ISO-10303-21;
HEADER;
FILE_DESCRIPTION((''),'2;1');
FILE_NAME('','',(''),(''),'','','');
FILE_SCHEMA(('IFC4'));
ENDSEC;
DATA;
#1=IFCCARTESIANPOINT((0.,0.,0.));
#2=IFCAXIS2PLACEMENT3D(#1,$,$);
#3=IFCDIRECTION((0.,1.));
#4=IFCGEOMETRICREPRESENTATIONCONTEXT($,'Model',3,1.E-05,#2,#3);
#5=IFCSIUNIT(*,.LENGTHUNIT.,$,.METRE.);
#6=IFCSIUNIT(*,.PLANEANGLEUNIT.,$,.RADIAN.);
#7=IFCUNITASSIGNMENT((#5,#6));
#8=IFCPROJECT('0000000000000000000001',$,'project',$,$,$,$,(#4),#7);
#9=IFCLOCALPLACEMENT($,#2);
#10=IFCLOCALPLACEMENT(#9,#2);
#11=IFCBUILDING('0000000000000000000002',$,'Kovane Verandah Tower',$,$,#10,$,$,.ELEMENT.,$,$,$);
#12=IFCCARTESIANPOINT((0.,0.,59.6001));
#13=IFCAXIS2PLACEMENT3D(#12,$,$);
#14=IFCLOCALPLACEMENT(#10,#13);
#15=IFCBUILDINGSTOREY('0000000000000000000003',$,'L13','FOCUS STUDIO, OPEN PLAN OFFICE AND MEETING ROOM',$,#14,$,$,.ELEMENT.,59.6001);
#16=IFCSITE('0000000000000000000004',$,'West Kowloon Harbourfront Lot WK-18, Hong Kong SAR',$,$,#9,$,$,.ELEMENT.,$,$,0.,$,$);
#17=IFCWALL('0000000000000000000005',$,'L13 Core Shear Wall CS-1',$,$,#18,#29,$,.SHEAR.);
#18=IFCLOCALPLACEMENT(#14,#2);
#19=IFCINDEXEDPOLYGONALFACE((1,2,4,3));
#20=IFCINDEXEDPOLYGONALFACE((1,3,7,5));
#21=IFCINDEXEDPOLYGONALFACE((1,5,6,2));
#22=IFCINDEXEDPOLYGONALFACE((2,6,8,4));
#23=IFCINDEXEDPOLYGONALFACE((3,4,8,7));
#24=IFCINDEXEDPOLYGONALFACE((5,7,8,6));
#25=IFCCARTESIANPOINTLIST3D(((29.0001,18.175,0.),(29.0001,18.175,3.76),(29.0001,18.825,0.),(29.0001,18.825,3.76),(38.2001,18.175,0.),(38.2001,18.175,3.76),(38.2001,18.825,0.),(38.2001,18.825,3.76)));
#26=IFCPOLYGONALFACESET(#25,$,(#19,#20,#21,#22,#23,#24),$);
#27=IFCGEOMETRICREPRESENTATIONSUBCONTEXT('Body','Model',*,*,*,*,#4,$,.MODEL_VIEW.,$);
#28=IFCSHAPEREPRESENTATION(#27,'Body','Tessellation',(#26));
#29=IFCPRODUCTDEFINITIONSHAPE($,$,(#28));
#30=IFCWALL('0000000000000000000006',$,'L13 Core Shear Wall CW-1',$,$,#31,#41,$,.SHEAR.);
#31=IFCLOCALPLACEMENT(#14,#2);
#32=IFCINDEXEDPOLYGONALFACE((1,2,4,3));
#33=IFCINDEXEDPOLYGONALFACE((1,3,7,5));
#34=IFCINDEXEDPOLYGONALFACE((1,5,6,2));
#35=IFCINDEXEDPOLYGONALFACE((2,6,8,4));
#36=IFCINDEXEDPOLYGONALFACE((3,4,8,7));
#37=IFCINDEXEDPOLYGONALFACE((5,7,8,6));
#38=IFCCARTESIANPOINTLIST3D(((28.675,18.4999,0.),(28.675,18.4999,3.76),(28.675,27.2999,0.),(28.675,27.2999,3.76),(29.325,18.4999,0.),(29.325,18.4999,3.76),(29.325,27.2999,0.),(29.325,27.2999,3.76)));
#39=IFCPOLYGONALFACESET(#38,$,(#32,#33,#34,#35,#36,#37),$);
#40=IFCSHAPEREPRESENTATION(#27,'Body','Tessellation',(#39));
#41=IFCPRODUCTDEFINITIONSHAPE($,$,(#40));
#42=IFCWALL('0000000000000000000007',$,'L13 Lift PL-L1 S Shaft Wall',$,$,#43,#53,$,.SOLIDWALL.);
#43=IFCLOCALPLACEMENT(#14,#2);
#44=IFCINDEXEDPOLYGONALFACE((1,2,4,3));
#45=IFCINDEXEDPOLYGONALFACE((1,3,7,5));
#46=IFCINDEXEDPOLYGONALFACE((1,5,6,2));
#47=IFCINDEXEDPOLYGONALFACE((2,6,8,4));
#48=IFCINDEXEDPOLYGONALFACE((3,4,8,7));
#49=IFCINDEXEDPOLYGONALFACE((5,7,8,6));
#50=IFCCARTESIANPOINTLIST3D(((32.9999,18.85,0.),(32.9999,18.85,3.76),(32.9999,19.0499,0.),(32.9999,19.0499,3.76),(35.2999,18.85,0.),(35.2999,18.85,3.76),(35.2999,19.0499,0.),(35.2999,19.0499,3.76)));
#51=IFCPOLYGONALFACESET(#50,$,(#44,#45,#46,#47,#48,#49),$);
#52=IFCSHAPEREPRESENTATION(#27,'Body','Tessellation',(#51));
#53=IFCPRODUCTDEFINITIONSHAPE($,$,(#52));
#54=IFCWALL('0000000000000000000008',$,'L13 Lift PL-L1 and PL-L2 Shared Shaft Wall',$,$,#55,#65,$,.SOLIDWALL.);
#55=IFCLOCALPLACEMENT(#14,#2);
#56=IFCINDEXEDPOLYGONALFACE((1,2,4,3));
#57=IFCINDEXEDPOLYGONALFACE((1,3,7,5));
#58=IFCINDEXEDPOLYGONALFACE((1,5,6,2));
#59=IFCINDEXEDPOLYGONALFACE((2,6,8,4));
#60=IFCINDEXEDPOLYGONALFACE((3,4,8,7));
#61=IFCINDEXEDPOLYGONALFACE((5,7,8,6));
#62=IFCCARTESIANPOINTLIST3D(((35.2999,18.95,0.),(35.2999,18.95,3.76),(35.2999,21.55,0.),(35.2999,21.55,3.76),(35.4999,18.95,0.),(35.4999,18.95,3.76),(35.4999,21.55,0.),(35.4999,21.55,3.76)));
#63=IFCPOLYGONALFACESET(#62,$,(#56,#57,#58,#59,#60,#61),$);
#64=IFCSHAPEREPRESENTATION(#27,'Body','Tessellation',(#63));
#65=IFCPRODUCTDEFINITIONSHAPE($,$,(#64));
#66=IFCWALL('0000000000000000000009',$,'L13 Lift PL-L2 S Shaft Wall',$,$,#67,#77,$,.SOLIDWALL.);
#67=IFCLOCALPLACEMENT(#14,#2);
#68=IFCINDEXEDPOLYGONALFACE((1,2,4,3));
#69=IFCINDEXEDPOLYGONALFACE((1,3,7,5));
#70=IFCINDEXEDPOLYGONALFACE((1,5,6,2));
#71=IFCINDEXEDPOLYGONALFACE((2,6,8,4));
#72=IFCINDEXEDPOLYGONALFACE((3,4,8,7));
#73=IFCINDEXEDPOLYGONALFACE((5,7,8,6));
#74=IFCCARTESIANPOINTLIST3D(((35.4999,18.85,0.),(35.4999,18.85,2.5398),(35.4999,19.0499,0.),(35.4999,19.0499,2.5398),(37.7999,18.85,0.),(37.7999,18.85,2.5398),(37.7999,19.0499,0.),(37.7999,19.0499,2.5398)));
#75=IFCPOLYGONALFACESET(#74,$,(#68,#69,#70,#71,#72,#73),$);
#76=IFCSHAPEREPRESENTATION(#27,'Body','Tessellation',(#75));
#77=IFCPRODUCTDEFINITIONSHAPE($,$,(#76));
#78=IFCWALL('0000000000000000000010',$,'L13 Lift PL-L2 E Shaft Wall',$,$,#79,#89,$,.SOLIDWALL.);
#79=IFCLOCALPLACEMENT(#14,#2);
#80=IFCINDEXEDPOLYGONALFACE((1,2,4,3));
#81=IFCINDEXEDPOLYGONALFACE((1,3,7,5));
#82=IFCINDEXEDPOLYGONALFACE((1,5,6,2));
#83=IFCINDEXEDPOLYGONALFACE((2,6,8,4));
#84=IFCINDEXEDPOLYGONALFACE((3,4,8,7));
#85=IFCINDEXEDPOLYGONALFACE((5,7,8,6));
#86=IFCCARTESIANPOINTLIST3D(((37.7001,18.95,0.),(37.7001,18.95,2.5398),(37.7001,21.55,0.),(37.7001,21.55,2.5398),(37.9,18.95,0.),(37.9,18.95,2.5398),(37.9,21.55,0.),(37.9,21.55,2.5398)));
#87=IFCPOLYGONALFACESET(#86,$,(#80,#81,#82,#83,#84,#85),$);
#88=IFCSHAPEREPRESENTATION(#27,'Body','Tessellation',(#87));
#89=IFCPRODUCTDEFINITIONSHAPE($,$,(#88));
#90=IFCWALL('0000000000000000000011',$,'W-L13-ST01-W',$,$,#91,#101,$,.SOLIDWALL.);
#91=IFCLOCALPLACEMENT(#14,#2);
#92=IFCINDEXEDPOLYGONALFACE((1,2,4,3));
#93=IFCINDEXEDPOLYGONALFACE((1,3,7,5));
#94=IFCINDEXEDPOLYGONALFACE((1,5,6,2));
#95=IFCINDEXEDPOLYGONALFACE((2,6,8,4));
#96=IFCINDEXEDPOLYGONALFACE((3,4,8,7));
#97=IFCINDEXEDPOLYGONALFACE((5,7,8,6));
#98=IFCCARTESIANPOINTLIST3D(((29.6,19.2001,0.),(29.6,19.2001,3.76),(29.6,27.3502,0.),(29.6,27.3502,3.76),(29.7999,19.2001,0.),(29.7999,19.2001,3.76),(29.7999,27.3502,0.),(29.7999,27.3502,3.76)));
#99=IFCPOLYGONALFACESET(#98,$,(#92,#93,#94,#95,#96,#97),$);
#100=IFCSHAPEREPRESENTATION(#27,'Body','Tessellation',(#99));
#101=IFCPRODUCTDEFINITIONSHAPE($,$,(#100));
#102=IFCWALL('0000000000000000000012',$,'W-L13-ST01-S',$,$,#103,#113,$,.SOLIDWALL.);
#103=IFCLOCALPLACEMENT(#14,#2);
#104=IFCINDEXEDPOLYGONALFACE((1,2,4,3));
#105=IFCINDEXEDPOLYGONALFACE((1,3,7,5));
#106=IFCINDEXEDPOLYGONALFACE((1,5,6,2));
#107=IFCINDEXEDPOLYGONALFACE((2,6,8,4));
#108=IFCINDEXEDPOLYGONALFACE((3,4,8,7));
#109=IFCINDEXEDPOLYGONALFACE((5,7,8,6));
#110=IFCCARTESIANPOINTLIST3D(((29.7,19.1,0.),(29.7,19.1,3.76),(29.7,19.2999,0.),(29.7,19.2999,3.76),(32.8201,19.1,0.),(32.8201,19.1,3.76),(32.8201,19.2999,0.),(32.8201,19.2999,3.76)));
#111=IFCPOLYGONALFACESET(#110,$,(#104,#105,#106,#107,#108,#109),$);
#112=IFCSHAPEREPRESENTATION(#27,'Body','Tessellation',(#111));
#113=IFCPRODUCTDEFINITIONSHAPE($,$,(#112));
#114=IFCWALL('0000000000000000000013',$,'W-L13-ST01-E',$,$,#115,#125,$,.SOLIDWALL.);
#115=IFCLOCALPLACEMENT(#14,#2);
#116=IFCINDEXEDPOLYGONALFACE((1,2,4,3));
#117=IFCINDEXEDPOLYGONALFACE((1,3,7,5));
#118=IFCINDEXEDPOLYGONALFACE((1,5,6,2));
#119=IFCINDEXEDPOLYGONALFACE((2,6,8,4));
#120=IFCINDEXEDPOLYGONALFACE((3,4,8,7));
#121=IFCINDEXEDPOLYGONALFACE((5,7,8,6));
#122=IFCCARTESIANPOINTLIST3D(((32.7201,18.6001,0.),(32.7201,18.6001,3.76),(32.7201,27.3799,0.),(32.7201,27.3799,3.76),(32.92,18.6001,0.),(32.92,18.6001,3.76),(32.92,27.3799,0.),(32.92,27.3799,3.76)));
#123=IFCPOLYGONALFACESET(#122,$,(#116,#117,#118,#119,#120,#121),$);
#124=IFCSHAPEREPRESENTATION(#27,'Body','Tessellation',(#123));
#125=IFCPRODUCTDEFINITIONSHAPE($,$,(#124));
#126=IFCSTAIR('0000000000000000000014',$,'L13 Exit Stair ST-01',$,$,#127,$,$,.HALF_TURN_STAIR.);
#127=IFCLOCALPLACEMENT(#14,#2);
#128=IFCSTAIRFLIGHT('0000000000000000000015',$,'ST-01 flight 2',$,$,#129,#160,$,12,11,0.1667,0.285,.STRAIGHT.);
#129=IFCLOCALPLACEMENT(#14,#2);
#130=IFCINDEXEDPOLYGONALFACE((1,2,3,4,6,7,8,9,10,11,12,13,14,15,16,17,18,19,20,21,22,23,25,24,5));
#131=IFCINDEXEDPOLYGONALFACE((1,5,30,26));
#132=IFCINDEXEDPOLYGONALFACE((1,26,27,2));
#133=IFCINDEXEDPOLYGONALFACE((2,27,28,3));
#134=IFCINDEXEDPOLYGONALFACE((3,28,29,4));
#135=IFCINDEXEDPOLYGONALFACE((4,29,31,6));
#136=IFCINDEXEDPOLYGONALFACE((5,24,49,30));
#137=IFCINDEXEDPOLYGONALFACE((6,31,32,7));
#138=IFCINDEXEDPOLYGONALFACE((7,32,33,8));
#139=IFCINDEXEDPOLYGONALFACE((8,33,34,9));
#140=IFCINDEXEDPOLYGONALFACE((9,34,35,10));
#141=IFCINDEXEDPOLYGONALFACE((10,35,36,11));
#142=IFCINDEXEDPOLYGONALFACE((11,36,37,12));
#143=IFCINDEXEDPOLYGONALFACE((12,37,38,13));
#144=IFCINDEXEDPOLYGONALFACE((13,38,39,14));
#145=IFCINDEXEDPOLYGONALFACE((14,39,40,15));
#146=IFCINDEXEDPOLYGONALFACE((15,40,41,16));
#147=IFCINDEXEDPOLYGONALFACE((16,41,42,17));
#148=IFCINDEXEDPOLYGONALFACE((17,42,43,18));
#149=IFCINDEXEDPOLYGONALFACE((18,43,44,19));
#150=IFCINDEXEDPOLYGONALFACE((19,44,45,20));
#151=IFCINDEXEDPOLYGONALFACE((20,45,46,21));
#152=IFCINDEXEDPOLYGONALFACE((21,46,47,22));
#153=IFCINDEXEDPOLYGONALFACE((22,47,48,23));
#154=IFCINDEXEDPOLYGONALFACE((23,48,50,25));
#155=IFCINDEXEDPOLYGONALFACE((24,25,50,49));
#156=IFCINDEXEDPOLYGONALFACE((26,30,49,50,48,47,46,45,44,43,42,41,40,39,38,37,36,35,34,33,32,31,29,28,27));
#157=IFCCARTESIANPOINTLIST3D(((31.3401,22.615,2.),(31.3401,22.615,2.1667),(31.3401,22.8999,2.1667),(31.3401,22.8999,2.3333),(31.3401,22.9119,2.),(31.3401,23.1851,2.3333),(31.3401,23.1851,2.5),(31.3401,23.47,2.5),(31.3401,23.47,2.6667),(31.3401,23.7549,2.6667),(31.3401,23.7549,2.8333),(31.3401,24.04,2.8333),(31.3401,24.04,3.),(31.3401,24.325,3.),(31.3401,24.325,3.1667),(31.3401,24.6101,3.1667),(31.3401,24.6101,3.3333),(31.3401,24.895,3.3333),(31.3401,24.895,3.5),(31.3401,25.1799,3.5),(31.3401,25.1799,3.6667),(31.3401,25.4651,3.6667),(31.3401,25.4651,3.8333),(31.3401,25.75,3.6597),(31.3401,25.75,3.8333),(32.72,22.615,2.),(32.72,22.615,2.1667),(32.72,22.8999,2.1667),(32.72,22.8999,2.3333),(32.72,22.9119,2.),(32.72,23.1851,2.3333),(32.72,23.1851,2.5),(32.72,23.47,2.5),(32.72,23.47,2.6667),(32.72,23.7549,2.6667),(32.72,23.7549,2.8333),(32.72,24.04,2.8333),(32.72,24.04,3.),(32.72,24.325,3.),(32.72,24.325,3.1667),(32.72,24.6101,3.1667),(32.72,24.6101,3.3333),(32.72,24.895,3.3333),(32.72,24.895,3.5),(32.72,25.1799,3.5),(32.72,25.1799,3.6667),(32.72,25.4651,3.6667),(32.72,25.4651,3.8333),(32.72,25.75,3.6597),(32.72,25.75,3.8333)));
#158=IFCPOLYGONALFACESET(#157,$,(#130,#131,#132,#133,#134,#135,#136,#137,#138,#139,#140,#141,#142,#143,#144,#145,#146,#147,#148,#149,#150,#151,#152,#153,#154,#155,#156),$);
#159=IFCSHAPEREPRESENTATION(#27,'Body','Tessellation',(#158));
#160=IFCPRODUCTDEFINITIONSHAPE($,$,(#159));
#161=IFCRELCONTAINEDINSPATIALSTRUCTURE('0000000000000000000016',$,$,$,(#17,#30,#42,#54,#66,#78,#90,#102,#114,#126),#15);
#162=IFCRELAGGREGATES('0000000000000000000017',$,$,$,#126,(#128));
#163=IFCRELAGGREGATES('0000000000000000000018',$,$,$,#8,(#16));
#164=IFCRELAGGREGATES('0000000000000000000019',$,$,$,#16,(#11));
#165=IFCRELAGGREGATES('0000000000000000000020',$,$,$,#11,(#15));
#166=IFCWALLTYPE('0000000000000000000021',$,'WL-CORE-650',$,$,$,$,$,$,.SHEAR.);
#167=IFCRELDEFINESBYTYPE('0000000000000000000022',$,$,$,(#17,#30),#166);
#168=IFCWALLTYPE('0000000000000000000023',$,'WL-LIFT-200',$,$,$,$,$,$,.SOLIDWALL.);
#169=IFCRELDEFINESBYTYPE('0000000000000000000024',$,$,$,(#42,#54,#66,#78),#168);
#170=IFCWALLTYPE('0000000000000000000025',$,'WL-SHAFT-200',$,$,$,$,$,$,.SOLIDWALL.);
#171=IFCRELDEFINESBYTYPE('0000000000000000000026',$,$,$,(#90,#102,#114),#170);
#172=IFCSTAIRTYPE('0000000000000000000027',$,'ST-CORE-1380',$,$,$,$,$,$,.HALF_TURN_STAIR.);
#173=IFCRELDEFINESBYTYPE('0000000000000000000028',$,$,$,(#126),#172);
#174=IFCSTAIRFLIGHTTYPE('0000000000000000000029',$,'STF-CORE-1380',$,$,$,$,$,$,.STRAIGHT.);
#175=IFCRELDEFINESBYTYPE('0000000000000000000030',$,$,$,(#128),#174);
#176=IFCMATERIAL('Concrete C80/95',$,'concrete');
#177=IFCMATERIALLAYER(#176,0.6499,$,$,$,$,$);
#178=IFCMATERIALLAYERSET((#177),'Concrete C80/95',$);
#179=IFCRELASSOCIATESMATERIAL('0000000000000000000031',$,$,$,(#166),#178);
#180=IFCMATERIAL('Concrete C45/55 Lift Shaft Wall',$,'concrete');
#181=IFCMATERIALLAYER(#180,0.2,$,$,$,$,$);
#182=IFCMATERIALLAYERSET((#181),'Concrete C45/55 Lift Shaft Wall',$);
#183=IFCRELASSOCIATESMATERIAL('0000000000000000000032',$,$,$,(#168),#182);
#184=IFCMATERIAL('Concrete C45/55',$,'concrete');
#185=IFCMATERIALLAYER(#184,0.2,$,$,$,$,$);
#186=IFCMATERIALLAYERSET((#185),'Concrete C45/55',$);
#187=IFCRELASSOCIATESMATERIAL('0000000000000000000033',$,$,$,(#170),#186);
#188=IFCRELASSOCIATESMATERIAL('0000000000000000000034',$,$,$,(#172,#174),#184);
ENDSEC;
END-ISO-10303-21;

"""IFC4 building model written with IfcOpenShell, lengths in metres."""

from ifc_helpers import new_model, si_unit, direction, frame, frame_2d, origin, place, context, subcontext, project, spatial, polyline, rectangle, outline, extrude, material, layer, layer_set, type_object, element, aggregate, save


model = new_model("IFC4")

# Units and contexts
model_context = context("Model", 3, precision=1e-05, world=origin(), true_north=direction((0.0, 1.0)))
body_context = subcontext(model_context, "Body", "Model", "MODEL_VIEW")
ifc_project = project(units=[si_unit("LENGTHUNIT", "METRE"), si_unit("PLANEANGLEUNIT", "RADIAN")], contexts=[model_context])

# Site, building, storey
site_placement = place(None, origin())
site = spatial("IfcSite", under=ifc_project, at=site_placement, Name="West Kowloon Harbourfront Lot WK-18, Hong Kong SAR", CompositionType="ELEMENT", RefElevation=0.0)
building_placement = place(site_placement, origin())
building = spatial("IfcBuilding", under=site, at=building_placement, Name="Kovane Verandah Tower", CompositionType="ELEMENT")
storey_placement = place(building_placement, frame((0.0, 0.0, 59.6001)))
storey = spatial("IfcBuildingStorey", under=building, at=storey_placement, Name="L13", Description="FOCUS STUDIO, OPEN PLAN OFFICE AND MEETING ROOM", CompositionType="ELEMENT", Elevation=59.6001)

# Shared definitions
ifc_material_1 = material(Name="Concrete C80/95", Category="concrete")

# Walls
ifc_layer_1 = layer(ifc_material_1, 0.6499)
ifc_layer_set_1 = layer_set([ifc_layer_1], Name="Concrete C80/95")
wall_type_1 = type_object("IfcWallType", Name="WL-CORE-650", PredefinedType="SHEAR", material=ifc_layer_set_1)
wall_1_placement = place(storey_placement, frame((29.0, 18.5, 0.0), z_axis=(0.0, 0.0, 1.0), x_axis=(1.0, 0.0, 0.0)))
element("IfcWall", 1, at=wall_1_placement, inside=storey, type_object=wall_type_1, Name="L13 Core Shear Wall CS-1", PredefinedType="SHEAR", context=body_context, shape_type="SweptSolid", body=[
    extrude(rectangle(XDim=9.2, YDim=0.6499, at=frame_2d((4.6001, 0.0))), origin(), (0.0, 0.0, 1.0), 3.76),
])
wall_2_placement = place(storey_placement, frame((29.0, 18.5, 0.0), z_axis=(0.0, 0.0, 1.0), x_axis=(0.0, 1.0, 0.0)))
element("IfcWall", 2, at=wall_2_placement, inside=storey, type_object=wall_type_1, Name="L13 Core Shear Wall CW-1", PredefinedType="SHEAR", context=body_context, shape_type="SweptSolid", body=[
    extrude(rectangle(XDim=8.8, YDim=0.6499, at=frame_2d((4.3999, 0.0))), origin(), (0.0, 0.0, 1.0), 3.76),
])
ifc_material_2 = material(Name="Concrete C45/55 Lift Shaft Wall", Category="concrete")
ifc_layer_2 = layer(ifc_material_2, 0.2)
ifc_layer_set_2 = layer_set([ifc_layer_2], Name="Concrete C45/55 Lift Shaft Wall")
wall_type_2 = type_object("IfcWallType", Name="WL-LIFT-200", PredefinedType="SOLIDWALL", material=ifc_layer_set_2)
wall_3_placement = place(storey_placement, frame((33.0, 18.95, 0.0), z_axis=(0.0, 0.0, 1.0), x_axis=(1.0, 0.0, 0.0)))
element("IfcWall", 3, at=wall_3_placement, inside=storey, type_object=wall_type_2, Name="L13 Lift PL-L1 S Shaft Wall", PredefinedType="SOLIDWALL", context=body_context, shape_type="SweptSolid", body=[
    extrude(rectangle(XDim=2.3, YDim=0.2, at=frame_2d((1.1499, 0.0))), origin(), (0.0, 0.0, 1.0), 3.76),
])

# Walls
wall_4_placement = place(storey_placement, frame((35.3999, 18.95, 0.0), z_axis=(0.0, 0.0, 1.0), x_axis=(0.0, 1.0, 0.0)))
element("IfcWall", 4, at=wall_4_placement, inside=storey, type_object=wall_type_2, Name="L13 Lift PL-L1 and PL-L2 Shared Shaft Wall", PredefinedType="SOLIDWALL", context=body_context, shape_type="SweptSolid", body=[
    extrude(rectangle(XDim=2.6001, YDim=0.2, at=frame_2d((1.3, 0.0))), origin(), (0.0, 0.0, 1.0), 3.76),
])
wall_5_placement = place(storey_placement, frame((35.5, 18.95, 0.0), z_axis=(0.0, 0.0, 1.0), x_axis=(1.0, 0.0, 0.0)))
element("IfcWall", 5, at=wall_5_placement, inside=storey, type_object=wall_type_2, Name="L13 Lift PL-L2 S Shaft Wall", PredefinedType="SOLIDWALL", context=body_context, shape_type="SweptSolid", body=[
    extrude(rectangle(XDim=2.3, YDim=0.2, at=frame_2d((1.1499, 0.0))), origin(), (0.0, 0.0, 1.0), 2.5398),
])

# Walls
wall_6_placement = place(storey_placement, frame((37.8, 18.95, 0.0), z_axis=(0.0, 0.0, 1.0), x_axis=(0.0, 1.0, 0.0)))
element("IfcWall", 6, at=wall_6_placement, inside=storey, type_object=wall_type_2, Name="L13 Lift PL-L2 E Shaft Wall", PredefinedType="SOLIDWALL", context=body_context, shape_type="SweptSolid", body=[
    extrude(rectangle(XDim=2.6001, YDim=0.2, at=frame_2d((1.3, 0.0))), origin(), (0.0, 0.0, 1.0), 2.5398),
])
ifc_material_3 = material(Name="Concrete C45/55", Category="concrete")
ifc_layer_3 = layer(ifc_material_3, 0.2)
ifc_layer_set_3 = layer_set([ifc_layer_3], Name="Concrete C45/55")
wall_type_3 = type_object("IfcWallType", Name="WL-SHAFT-200", PredefinedType="SOLIDWALL", material=ifc_layer_set_3)
wall_7_placement = place(storey_placement, frame((29.7, 19.2, 0.0), z_axis=(0.0, 0.0, 1.0), x_axis=(0.0, 1.0, 0.0)))
element("IfcWall", 7, at=wall_7_placement, inside=storey, type_object=wall_type_3, Name="W-L13-ST01-W", PredefinedType="SOLIDWALL", context=body_context, shape_type="SweptSolid", body=[
    extrude(rectangle(XDim=8.1501, YDim=0.2, at=frame_2d((4.0752, 0.0))), origin(), (0.0, 0.0, 1.0), 3.76),
])
wall_8_placement = place(storey_placement, frame((29.7, 19.2, 0.0), z_axis=(0.0, 0.0, 1.0), x_axis=(1.0, 0.0, 0.0)))
element("IfcWall", 8, at=wall_8_placement, inside=storey, type_object=wall_type_3, Name="W-L13-ST01-S", PredefinedType="SOLIDWALL", context=body_context, shape_type="SweptSolid", body=[
    extrude(rectangle(XDim=3.1201, YDim=0.2, at=frame_2d((1.5601, 0.0))), origin(), (0.0, 0.0, 1.0), 3.76),
])
wall_9_placement = place(storey_placement, frame((32.8201, 18.6001, 0.0), z_axis=(0.0, 0.0, 1.0), x_axis=(0.0, 1.0, 0.0)))
element("IfcWall", 9, at=wall_9_placement, inside=storey, type_object=wall_type_3, Name="W-L13-ST01-E", PredefinedType="SOLIDWALL", context=body_context, shape_type="SweptSolid", body=[
    extrude(rectangle(XDim=8.7798, YDim=0.2, at=frame_2d((4.3899, 0.0))), origin(), (0.0, 0.0, 1.0), 3.76),
])

# Stair, stair flight
stair_type = type_object("IfcStairType", Name="ST-CORE-1380", PredefinedType="HALF_TURN_STAIR", material=ifc_material_3)
stair_placement = place(storey_placement, origin())
stair = element("IfcStair", 10, at=stair_placement, inside=storey, type_object=stair_type, Name="L13 Exit Stair ST-01", PredefinedType="HALF_TURN_STAIR")
stair_flight_type = type_object("IfcStairFlightType", Name="STF-CORE-1380", PredefinedType="STRAIGHT", material=ifc_material_3)
stair_flight_placement = place(storey_placement, frame((32.03, 22.615, 2.0), z_axis=(0.0, 0.0, 1.0), x_axis=(0.0, 1.0, 0.0)))
stair_flight = element("IfcStairFlight", 11, at=stair_flight_placement, type_object=stair_flight_type, Name="ST-01 flight 2", NumberOfRisers=12, NumberOfTreads=11, PredefinedType="STRAIGHT", RiserHeight=0.1667, TreadLength=0.285, context=body_context, shape_type="SweptSolid", body=[
    extrude(outline(polyline([(0.0, 0.0), (0.0, 0.1667), (0.2849, 0.1667), (0.2849, 0.3333), (0.5701, 0.3333), (0.5701, 0.5), (0.855, 0.5), (0.855, 0.6667), (1.1399, 0.6667), (1.1399, 0.8333), (1.425, 0.8333), (1.425, 1.0), (1.71, 1.0), (1.71, 1.1667), (1.9951, 1.1667), (1.9951, 1.3333), (2.28, 1.3333), (2.28, 1.5), (2.5649, 1.5), (2.5649, 1.6667), (2.8501, 1.6667), (2.8501, 1.8333), (3.135, 1.8333), (3.135, 2.0), (3.135, 1.6597), (0.2969, 0.0), (0.0, 0.0)])), frame((0.0, 0.6899, 0.0), z_axis=(0.0, -1.0, 0.0), x_axis=(1.0, 0.0, 0.0)), (0.0, 0.0, 1.0), 1.3799),
])
aggregate(stair, [stair_flight])

save(model, "model.ifc")
